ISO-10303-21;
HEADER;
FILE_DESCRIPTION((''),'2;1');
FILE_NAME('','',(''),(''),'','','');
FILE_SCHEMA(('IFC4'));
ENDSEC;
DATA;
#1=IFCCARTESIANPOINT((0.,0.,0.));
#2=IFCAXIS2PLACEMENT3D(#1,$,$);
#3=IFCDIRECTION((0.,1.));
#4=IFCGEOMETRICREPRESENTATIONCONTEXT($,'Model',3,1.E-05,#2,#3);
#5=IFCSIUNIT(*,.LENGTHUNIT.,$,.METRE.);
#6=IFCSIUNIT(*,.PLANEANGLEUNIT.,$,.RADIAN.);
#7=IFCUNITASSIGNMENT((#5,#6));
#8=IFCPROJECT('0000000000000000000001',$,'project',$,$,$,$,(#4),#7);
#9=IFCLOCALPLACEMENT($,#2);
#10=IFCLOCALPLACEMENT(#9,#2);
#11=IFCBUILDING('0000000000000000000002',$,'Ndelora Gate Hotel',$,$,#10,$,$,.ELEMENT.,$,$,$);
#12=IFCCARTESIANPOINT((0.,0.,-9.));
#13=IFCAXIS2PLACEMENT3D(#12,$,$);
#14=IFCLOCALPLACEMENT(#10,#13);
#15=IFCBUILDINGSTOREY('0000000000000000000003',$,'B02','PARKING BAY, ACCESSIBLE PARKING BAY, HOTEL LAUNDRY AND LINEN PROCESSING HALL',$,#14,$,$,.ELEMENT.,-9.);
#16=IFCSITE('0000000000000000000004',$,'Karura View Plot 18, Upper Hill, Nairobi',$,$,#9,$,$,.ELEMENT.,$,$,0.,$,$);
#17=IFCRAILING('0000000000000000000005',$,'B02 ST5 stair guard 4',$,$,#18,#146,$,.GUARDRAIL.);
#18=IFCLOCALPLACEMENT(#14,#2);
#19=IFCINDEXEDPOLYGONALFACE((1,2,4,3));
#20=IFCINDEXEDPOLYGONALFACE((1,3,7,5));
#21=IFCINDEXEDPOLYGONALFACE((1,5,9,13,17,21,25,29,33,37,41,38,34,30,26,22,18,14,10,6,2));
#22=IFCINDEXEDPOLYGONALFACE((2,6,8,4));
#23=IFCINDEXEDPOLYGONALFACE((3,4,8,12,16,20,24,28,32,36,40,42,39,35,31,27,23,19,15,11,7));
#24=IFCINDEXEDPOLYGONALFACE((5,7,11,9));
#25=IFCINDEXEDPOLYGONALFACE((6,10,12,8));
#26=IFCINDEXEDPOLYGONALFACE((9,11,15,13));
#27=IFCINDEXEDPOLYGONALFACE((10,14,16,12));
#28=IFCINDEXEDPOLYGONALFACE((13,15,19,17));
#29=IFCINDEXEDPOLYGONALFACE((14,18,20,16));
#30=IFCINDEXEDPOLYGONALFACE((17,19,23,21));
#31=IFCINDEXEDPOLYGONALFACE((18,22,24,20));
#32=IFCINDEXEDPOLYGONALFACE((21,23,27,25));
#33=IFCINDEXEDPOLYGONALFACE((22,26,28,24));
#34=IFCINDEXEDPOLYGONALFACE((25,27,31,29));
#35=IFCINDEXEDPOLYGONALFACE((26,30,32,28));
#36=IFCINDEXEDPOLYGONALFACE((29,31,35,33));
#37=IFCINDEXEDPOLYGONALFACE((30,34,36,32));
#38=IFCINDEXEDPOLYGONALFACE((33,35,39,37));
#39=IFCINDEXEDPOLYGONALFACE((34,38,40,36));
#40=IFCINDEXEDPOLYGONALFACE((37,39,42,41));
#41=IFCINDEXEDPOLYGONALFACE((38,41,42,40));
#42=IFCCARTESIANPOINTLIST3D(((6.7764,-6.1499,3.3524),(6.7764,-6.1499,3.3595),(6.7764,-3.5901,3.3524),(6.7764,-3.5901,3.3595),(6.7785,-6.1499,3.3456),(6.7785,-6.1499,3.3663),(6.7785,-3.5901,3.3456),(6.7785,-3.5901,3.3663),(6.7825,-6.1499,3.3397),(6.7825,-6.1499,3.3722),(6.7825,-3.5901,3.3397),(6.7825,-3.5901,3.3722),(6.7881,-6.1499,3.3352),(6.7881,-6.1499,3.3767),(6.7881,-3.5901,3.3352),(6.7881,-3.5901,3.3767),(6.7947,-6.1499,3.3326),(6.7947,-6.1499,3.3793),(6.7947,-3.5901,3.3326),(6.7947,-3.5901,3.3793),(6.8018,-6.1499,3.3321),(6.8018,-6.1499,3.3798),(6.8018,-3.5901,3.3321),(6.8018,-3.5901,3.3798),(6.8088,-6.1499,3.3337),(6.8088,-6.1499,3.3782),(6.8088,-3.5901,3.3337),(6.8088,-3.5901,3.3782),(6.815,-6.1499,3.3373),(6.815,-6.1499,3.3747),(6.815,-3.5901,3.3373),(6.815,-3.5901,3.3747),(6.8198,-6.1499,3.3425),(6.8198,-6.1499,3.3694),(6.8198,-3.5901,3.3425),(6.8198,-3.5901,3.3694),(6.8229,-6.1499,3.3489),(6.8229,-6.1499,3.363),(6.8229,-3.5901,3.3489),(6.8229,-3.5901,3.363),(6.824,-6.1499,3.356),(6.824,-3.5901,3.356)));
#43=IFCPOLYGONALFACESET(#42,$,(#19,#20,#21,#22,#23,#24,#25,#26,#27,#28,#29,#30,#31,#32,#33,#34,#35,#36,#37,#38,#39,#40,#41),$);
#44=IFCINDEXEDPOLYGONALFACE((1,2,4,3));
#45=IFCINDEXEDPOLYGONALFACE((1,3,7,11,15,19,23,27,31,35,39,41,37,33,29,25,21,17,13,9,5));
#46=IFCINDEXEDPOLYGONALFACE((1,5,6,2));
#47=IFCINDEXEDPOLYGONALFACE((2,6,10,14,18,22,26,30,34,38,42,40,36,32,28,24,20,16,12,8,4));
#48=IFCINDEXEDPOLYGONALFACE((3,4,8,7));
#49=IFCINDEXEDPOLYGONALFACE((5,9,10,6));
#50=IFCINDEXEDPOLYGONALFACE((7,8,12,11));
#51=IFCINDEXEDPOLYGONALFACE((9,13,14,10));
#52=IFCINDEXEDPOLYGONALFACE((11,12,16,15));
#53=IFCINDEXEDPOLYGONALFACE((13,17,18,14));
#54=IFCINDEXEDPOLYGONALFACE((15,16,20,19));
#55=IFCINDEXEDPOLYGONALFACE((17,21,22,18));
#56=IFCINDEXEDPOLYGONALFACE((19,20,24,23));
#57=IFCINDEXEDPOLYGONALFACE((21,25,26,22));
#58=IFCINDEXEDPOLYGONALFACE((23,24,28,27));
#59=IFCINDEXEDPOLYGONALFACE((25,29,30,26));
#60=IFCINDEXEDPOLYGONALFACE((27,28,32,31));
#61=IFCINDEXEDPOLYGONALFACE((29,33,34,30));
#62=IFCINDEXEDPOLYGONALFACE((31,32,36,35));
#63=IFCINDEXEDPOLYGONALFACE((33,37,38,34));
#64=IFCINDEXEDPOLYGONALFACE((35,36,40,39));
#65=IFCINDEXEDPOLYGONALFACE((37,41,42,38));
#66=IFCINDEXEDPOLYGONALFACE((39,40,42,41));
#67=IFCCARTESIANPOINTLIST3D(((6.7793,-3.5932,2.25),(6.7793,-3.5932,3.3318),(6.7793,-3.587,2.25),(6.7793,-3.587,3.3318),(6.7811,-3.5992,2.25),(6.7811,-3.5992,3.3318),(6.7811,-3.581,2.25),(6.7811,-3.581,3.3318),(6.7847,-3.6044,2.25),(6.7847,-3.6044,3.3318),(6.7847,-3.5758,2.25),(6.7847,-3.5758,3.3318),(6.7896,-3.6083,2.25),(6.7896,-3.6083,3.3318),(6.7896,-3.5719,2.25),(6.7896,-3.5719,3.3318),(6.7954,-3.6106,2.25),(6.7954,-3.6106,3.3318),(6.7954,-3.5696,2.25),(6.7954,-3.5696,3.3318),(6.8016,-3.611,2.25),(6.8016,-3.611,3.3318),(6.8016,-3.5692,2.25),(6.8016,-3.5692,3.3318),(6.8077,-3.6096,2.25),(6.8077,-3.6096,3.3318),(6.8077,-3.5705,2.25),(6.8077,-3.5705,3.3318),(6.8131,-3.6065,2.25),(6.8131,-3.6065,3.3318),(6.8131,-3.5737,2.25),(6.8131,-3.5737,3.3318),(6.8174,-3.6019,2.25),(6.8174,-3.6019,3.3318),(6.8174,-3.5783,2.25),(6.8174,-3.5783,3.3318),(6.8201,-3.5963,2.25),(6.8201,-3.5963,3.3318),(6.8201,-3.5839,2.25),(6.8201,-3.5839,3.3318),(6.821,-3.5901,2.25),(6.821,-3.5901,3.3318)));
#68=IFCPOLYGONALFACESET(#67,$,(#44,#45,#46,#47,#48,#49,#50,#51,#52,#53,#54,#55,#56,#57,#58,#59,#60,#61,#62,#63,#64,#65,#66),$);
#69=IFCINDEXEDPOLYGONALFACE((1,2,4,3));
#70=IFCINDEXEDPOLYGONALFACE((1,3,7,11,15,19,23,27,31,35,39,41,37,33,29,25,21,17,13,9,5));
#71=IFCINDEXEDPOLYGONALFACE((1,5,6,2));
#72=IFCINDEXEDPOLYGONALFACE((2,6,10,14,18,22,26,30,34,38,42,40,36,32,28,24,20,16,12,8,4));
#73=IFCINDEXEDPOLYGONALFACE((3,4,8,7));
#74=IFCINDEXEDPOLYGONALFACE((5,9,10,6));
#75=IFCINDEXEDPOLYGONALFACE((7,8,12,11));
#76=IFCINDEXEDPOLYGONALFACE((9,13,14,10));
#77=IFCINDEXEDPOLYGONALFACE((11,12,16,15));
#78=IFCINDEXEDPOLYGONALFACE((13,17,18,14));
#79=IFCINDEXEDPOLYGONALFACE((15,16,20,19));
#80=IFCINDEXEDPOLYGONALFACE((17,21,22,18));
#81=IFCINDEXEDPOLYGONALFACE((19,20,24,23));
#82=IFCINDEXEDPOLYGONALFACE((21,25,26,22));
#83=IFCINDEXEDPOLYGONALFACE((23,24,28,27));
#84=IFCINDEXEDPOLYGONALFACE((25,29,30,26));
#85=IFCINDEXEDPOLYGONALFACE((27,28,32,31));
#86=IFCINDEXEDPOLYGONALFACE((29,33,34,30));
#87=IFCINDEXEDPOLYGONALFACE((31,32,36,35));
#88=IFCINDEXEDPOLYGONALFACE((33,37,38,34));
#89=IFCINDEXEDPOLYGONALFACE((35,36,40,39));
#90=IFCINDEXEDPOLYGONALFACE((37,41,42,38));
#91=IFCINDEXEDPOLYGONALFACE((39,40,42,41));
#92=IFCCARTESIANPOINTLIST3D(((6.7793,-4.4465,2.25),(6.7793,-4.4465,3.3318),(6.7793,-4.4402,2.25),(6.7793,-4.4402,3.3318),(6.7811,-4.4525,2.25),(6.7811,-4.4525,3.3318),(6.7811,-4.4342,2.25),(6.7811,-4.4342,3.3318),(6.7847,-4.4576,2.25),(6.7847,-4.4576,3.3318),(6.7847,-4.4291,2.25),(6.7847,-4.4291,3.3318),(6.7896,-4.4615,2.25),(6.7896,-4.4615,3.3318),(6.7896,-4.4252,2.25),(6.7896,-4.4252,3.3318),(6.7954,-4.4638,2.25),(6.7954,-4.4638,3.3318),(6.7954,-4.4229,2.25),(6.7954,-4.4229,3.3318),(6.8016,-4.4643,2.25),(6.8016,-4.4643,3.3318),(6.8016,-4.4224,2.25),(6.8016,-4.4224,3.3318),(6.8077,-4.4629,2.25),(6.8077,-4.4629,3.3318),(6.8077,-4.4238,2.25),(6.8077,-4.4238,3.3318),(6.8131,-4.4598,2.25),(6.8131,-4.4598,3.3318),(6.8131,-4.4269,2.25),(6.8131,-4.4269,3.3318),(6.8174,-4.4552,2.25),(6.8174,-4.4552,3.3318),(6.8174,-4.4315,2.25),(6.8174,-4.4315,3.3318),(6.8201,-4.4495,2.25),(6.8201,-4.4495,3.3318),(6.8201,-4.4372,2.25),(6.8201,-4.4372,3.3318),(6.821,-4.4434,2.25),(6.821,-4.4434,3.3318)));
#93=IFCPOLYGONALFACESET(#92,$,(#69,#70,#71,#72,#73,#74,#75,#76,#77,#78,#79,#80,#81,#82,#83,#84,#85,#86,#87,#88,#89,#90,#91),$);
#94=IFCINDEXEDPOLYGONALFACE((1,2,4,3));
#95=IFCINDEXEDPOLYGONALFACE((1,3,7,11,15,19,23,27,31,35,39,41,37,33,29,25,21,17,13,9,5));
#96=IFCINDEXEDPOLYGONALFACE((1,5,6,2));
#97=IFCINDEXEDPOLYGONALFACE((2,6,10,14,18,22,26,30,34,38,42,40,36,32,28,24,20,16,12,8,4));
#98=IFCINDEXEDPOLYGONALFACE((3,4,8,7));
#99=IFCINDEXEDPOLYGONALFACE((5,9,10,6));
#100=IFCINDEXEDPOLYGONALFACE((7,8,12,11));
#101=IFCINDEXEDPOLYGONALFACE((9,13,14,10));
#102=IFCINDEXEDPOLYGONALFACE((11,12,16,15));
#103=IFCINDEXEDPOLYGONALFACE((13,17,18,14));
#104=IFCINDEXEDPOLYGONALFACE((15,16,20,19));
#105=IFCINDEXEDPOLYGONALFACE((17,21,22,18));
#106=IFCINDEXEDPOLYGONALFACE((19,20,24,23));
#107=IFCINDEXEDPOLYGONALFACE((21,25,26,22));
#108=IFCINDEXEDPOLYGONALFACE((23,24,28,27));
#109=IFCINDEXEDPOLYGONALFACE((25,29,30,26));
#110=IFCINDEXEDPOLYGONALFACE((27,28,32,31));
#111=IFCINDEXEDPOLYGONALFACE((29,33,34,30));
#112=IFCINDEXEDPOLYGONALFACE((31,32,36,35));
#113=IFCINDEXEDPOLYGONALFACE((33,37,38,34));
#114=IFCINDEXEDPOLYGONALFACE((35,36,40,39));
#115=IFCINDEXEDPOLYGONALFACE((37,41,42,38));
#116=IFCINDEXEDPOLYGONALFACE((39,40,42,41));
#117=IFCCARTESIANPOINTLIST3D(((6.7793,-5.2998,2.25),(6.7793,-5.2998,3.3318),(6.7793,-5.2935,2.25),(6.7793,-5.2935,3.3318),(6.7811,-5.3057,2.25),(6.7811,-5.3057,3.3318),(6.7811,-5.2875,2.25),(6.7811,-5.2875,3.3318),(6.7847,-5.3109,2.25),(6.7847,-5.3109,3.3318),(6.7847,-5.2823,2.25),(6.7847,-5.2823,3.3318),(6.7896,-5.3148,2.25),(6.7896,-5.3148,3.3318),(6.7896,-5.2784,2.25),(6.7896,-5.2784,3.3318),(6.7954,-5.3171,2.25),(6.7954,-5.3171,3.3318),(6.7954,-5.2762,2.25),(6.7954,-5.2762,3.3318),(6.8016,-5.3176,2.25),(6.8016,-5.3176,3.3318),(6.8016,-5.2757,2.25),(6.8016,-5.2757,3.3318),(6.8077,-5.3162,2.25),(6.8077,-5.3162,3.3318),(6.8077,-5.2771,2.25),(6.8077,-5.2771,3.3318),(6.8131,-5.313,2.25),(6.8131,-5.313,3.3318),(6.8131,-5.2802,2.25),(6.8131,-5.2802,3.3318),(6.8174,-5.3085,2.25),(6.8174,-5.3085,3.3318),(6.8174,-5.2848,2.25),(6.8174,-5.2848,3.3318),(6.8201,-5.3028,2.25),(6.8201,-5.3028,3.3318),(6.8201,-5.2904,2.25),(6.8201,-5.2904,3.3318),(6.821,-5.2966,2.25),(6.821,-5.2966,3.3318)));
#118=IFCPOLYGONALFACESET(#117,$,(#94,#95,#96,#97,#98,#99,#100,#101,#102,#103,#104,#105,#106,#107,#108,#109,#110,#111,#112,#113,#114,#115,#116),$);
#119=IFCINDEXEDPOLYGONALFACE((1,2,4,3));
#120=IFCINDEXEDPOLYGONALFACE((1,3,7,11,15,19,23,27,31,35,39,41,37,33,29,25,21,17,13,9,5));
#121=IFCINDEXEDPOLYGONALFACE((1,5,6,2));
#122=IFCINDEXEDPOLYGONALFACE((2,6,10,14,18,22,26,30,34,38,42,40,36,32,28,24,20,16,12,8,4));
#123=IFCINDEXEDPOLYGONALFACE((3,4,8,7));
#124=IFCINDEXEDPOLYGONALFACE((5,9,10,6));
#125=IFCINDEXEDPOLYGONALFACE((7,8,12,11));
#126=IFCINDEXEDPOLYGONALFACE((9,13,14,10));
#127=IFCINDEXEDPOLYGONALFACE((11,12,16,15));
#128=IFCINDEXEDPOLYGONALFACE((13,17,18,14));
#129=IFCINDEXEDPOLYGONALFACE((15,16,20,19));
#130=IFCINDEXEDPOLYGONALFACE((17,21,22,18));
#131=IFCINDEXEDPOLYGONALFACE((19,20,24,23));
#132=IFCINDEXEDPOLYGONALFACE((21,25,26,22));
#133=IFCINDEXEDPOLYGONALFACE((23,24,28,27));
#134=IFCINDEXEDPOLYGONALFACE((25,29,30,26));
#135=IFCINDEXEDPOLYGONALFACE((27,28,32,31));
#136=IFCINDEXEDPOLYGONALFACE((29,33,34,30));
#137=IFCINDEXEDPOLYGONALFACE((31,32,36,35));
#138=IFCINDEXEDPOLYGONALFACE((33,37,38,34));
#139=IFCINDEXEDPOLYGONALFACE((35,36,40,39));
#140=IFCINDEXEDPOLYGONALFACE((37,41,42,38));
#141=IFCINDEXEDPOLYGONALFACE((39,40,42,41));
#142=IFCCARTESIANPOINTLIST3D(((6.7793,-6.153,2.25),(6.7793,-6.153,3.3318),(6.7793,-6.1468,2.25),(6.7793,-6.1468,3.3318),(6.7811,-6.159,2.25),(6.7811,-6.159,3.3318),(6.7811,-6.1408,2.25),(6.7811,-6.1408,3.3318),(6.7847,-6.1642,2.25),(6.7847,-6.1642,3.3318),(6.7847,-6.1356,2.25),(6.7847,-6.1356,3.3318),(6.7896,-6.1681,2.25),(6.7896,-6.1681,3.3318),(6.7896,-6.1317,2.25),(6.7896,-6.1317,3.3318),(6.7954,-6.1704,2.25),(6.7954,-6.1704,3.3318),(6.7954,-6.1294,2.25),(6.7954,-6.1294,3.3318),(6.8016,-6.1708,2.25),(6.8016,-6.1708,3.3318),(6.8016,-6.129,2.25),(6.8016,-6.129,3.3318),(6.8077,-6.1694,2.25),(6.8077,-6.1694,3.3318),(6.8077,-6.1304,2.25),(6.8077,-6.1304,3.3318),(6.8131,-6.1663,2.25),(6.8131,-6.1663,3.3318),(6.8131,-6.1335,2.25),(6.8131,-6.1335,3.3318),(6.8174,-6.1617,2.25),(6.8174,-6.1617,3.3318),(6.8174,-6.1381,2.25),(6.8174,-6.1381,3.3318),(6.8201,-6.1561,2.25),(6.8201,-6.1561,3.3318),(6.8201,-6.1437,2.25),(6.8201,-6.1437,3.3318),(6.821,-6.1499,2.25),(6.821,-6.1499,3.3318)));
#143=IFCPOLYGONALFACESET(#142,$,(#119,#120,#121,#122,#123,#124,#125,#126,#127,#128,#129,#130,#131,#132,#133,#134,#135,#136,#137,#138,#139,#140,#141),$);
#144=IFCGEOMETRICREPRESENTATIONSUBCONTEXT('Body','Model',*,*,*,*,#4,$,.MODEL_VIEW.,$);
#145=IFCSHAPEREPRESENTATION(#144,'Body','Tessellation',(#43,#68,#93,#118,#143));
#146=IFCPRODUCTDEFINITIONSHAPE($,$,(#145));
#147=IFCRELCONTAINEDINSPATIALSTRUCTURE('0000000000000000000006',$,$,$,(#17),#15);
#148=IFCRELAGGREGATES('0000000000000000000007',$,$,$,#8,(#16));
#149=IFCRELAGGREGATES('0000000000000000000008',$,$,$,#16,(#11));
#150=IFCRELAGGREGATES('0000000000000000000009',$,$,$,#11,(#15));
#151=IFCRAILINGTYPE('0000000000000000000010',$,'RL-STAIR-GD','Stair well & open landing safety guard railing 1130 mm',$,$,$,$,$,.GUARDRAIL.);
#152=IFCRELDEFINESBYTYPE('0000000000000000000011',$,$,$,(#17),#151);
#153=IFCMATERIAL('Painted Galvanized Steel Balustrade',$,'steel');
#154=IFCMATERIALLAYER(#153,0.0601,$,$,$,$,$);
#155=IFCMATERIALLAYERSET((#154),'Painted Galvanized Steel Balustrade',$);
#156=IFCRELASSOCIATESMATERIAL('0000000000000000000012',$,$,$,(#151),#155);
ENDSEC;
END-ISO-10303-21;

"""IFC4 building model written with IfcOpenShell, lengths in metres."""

from ifc_helpers import new_model, si_unit, direction, frame, origin, origin_2d, place, context, subcontext, project, spatial, circle, extrude, material, layer, layer_set, type_object, element, save


model = new_model("IFC4")

# Units and contexts
model_context = context("Model", 3, precision=1e-05, world=origin(), true_north=direction((0.0, 1.0)))
body_context = subcontext(model_context, "Body", "Model", "MODEL_VIEW")
ifc_project = project(units=[si_unit("LENGTHUNIT", "METRE"), si_unit("PLANEANGLEUNIT", "RADIAN")], contexts=[model_context])

# Site, building, storey
site_placement = place(None, origin())
site = spatial("IfcSite", under=ifc_project, at=site_placement, Name="Karura View Plot 18, Upper Hill, Nairobi", CompositionType="ELEMENT", RefElevation=0.0)
building_placement = place(site_placement, origin())
building = spatial("IfcBuilding", under=site, at=building_placement, Name="Ndelora Gate Hotel", CompositionType="ELEMENT")
storey_placement = place(building_placement, frame((0.0, 0.0, -9.0)))
storey = spatial("IfcBuildingStorey", under=building, at=storey_placement, Name="B02", Description="PARKING BAY, ACCESSIBLE PARKING BAY, HOTEL LAUNDRY AND LINEN PROCESSING HALL", CompositionType="ELEMENT", Elevation=-9.0)

# Railing
ifc_material_1 = material(Name="Painted Galvanized Steel Balustrade", Category="steel")
ifc_layer_1 = layer(ifc_material_1, 0.0601)
ifc_layer_set_1 = layer_set([ifc_layer_1], Name="Painted Galvanized Steel Balustrade")
railing_type_1 = type_object("IfcRailingType", Name="RL-STAIR-GD", Description="Stair well & open landing safety guard railing 1130 mm", PredefinedType="GUARDRAIL", material=ifc_layer_set_1)
for number, where, name in (
    (1, (6.8, -3.5901, 2.25), "B02 ST5 stair guard 4"),
):
    element("IfcRailing", number, at=place(storey_placement, frame(where)), inside=storey, type_object=railing_type_1, Name=name, PredefinedType="GUARDRAIL", context=body_context, shape_type="SweptSolid", body=[
        extrude(circle(Radius=0.0239, at=origin_2d()), frame((0.0, 0.0, 1.106), z_axis=(0.0, -1.0, 0.0), x_axis=(1.0, 0.0, 0.0)), (0.0, 0.0, 1.0), 2.5598),
        extrude(circle(Radius=0.021, at=origin_2d()), origin(), (0.0, 0.0, 1.0), 1.0818),
        extrude(circle(Radius=0.021, at=origin_2d()), frame((0.0, -0.8533, 0.0)), (0.0, 0.0, 1.0), 1.0818),
        extrude(circle(Radius=0.021, at=origin_2d()), frame((0.0, -1.7065, 0.0)), (0.0, 0.0, 1.0), 1.0818),
        extrude(circle(Radius=0.021, at=origin_2d()), frame((0.0, -2.5598, 0.0)), (0.0, 0.0, 1.0), 1.0818),
    ])

save(model, "model.ifc")
